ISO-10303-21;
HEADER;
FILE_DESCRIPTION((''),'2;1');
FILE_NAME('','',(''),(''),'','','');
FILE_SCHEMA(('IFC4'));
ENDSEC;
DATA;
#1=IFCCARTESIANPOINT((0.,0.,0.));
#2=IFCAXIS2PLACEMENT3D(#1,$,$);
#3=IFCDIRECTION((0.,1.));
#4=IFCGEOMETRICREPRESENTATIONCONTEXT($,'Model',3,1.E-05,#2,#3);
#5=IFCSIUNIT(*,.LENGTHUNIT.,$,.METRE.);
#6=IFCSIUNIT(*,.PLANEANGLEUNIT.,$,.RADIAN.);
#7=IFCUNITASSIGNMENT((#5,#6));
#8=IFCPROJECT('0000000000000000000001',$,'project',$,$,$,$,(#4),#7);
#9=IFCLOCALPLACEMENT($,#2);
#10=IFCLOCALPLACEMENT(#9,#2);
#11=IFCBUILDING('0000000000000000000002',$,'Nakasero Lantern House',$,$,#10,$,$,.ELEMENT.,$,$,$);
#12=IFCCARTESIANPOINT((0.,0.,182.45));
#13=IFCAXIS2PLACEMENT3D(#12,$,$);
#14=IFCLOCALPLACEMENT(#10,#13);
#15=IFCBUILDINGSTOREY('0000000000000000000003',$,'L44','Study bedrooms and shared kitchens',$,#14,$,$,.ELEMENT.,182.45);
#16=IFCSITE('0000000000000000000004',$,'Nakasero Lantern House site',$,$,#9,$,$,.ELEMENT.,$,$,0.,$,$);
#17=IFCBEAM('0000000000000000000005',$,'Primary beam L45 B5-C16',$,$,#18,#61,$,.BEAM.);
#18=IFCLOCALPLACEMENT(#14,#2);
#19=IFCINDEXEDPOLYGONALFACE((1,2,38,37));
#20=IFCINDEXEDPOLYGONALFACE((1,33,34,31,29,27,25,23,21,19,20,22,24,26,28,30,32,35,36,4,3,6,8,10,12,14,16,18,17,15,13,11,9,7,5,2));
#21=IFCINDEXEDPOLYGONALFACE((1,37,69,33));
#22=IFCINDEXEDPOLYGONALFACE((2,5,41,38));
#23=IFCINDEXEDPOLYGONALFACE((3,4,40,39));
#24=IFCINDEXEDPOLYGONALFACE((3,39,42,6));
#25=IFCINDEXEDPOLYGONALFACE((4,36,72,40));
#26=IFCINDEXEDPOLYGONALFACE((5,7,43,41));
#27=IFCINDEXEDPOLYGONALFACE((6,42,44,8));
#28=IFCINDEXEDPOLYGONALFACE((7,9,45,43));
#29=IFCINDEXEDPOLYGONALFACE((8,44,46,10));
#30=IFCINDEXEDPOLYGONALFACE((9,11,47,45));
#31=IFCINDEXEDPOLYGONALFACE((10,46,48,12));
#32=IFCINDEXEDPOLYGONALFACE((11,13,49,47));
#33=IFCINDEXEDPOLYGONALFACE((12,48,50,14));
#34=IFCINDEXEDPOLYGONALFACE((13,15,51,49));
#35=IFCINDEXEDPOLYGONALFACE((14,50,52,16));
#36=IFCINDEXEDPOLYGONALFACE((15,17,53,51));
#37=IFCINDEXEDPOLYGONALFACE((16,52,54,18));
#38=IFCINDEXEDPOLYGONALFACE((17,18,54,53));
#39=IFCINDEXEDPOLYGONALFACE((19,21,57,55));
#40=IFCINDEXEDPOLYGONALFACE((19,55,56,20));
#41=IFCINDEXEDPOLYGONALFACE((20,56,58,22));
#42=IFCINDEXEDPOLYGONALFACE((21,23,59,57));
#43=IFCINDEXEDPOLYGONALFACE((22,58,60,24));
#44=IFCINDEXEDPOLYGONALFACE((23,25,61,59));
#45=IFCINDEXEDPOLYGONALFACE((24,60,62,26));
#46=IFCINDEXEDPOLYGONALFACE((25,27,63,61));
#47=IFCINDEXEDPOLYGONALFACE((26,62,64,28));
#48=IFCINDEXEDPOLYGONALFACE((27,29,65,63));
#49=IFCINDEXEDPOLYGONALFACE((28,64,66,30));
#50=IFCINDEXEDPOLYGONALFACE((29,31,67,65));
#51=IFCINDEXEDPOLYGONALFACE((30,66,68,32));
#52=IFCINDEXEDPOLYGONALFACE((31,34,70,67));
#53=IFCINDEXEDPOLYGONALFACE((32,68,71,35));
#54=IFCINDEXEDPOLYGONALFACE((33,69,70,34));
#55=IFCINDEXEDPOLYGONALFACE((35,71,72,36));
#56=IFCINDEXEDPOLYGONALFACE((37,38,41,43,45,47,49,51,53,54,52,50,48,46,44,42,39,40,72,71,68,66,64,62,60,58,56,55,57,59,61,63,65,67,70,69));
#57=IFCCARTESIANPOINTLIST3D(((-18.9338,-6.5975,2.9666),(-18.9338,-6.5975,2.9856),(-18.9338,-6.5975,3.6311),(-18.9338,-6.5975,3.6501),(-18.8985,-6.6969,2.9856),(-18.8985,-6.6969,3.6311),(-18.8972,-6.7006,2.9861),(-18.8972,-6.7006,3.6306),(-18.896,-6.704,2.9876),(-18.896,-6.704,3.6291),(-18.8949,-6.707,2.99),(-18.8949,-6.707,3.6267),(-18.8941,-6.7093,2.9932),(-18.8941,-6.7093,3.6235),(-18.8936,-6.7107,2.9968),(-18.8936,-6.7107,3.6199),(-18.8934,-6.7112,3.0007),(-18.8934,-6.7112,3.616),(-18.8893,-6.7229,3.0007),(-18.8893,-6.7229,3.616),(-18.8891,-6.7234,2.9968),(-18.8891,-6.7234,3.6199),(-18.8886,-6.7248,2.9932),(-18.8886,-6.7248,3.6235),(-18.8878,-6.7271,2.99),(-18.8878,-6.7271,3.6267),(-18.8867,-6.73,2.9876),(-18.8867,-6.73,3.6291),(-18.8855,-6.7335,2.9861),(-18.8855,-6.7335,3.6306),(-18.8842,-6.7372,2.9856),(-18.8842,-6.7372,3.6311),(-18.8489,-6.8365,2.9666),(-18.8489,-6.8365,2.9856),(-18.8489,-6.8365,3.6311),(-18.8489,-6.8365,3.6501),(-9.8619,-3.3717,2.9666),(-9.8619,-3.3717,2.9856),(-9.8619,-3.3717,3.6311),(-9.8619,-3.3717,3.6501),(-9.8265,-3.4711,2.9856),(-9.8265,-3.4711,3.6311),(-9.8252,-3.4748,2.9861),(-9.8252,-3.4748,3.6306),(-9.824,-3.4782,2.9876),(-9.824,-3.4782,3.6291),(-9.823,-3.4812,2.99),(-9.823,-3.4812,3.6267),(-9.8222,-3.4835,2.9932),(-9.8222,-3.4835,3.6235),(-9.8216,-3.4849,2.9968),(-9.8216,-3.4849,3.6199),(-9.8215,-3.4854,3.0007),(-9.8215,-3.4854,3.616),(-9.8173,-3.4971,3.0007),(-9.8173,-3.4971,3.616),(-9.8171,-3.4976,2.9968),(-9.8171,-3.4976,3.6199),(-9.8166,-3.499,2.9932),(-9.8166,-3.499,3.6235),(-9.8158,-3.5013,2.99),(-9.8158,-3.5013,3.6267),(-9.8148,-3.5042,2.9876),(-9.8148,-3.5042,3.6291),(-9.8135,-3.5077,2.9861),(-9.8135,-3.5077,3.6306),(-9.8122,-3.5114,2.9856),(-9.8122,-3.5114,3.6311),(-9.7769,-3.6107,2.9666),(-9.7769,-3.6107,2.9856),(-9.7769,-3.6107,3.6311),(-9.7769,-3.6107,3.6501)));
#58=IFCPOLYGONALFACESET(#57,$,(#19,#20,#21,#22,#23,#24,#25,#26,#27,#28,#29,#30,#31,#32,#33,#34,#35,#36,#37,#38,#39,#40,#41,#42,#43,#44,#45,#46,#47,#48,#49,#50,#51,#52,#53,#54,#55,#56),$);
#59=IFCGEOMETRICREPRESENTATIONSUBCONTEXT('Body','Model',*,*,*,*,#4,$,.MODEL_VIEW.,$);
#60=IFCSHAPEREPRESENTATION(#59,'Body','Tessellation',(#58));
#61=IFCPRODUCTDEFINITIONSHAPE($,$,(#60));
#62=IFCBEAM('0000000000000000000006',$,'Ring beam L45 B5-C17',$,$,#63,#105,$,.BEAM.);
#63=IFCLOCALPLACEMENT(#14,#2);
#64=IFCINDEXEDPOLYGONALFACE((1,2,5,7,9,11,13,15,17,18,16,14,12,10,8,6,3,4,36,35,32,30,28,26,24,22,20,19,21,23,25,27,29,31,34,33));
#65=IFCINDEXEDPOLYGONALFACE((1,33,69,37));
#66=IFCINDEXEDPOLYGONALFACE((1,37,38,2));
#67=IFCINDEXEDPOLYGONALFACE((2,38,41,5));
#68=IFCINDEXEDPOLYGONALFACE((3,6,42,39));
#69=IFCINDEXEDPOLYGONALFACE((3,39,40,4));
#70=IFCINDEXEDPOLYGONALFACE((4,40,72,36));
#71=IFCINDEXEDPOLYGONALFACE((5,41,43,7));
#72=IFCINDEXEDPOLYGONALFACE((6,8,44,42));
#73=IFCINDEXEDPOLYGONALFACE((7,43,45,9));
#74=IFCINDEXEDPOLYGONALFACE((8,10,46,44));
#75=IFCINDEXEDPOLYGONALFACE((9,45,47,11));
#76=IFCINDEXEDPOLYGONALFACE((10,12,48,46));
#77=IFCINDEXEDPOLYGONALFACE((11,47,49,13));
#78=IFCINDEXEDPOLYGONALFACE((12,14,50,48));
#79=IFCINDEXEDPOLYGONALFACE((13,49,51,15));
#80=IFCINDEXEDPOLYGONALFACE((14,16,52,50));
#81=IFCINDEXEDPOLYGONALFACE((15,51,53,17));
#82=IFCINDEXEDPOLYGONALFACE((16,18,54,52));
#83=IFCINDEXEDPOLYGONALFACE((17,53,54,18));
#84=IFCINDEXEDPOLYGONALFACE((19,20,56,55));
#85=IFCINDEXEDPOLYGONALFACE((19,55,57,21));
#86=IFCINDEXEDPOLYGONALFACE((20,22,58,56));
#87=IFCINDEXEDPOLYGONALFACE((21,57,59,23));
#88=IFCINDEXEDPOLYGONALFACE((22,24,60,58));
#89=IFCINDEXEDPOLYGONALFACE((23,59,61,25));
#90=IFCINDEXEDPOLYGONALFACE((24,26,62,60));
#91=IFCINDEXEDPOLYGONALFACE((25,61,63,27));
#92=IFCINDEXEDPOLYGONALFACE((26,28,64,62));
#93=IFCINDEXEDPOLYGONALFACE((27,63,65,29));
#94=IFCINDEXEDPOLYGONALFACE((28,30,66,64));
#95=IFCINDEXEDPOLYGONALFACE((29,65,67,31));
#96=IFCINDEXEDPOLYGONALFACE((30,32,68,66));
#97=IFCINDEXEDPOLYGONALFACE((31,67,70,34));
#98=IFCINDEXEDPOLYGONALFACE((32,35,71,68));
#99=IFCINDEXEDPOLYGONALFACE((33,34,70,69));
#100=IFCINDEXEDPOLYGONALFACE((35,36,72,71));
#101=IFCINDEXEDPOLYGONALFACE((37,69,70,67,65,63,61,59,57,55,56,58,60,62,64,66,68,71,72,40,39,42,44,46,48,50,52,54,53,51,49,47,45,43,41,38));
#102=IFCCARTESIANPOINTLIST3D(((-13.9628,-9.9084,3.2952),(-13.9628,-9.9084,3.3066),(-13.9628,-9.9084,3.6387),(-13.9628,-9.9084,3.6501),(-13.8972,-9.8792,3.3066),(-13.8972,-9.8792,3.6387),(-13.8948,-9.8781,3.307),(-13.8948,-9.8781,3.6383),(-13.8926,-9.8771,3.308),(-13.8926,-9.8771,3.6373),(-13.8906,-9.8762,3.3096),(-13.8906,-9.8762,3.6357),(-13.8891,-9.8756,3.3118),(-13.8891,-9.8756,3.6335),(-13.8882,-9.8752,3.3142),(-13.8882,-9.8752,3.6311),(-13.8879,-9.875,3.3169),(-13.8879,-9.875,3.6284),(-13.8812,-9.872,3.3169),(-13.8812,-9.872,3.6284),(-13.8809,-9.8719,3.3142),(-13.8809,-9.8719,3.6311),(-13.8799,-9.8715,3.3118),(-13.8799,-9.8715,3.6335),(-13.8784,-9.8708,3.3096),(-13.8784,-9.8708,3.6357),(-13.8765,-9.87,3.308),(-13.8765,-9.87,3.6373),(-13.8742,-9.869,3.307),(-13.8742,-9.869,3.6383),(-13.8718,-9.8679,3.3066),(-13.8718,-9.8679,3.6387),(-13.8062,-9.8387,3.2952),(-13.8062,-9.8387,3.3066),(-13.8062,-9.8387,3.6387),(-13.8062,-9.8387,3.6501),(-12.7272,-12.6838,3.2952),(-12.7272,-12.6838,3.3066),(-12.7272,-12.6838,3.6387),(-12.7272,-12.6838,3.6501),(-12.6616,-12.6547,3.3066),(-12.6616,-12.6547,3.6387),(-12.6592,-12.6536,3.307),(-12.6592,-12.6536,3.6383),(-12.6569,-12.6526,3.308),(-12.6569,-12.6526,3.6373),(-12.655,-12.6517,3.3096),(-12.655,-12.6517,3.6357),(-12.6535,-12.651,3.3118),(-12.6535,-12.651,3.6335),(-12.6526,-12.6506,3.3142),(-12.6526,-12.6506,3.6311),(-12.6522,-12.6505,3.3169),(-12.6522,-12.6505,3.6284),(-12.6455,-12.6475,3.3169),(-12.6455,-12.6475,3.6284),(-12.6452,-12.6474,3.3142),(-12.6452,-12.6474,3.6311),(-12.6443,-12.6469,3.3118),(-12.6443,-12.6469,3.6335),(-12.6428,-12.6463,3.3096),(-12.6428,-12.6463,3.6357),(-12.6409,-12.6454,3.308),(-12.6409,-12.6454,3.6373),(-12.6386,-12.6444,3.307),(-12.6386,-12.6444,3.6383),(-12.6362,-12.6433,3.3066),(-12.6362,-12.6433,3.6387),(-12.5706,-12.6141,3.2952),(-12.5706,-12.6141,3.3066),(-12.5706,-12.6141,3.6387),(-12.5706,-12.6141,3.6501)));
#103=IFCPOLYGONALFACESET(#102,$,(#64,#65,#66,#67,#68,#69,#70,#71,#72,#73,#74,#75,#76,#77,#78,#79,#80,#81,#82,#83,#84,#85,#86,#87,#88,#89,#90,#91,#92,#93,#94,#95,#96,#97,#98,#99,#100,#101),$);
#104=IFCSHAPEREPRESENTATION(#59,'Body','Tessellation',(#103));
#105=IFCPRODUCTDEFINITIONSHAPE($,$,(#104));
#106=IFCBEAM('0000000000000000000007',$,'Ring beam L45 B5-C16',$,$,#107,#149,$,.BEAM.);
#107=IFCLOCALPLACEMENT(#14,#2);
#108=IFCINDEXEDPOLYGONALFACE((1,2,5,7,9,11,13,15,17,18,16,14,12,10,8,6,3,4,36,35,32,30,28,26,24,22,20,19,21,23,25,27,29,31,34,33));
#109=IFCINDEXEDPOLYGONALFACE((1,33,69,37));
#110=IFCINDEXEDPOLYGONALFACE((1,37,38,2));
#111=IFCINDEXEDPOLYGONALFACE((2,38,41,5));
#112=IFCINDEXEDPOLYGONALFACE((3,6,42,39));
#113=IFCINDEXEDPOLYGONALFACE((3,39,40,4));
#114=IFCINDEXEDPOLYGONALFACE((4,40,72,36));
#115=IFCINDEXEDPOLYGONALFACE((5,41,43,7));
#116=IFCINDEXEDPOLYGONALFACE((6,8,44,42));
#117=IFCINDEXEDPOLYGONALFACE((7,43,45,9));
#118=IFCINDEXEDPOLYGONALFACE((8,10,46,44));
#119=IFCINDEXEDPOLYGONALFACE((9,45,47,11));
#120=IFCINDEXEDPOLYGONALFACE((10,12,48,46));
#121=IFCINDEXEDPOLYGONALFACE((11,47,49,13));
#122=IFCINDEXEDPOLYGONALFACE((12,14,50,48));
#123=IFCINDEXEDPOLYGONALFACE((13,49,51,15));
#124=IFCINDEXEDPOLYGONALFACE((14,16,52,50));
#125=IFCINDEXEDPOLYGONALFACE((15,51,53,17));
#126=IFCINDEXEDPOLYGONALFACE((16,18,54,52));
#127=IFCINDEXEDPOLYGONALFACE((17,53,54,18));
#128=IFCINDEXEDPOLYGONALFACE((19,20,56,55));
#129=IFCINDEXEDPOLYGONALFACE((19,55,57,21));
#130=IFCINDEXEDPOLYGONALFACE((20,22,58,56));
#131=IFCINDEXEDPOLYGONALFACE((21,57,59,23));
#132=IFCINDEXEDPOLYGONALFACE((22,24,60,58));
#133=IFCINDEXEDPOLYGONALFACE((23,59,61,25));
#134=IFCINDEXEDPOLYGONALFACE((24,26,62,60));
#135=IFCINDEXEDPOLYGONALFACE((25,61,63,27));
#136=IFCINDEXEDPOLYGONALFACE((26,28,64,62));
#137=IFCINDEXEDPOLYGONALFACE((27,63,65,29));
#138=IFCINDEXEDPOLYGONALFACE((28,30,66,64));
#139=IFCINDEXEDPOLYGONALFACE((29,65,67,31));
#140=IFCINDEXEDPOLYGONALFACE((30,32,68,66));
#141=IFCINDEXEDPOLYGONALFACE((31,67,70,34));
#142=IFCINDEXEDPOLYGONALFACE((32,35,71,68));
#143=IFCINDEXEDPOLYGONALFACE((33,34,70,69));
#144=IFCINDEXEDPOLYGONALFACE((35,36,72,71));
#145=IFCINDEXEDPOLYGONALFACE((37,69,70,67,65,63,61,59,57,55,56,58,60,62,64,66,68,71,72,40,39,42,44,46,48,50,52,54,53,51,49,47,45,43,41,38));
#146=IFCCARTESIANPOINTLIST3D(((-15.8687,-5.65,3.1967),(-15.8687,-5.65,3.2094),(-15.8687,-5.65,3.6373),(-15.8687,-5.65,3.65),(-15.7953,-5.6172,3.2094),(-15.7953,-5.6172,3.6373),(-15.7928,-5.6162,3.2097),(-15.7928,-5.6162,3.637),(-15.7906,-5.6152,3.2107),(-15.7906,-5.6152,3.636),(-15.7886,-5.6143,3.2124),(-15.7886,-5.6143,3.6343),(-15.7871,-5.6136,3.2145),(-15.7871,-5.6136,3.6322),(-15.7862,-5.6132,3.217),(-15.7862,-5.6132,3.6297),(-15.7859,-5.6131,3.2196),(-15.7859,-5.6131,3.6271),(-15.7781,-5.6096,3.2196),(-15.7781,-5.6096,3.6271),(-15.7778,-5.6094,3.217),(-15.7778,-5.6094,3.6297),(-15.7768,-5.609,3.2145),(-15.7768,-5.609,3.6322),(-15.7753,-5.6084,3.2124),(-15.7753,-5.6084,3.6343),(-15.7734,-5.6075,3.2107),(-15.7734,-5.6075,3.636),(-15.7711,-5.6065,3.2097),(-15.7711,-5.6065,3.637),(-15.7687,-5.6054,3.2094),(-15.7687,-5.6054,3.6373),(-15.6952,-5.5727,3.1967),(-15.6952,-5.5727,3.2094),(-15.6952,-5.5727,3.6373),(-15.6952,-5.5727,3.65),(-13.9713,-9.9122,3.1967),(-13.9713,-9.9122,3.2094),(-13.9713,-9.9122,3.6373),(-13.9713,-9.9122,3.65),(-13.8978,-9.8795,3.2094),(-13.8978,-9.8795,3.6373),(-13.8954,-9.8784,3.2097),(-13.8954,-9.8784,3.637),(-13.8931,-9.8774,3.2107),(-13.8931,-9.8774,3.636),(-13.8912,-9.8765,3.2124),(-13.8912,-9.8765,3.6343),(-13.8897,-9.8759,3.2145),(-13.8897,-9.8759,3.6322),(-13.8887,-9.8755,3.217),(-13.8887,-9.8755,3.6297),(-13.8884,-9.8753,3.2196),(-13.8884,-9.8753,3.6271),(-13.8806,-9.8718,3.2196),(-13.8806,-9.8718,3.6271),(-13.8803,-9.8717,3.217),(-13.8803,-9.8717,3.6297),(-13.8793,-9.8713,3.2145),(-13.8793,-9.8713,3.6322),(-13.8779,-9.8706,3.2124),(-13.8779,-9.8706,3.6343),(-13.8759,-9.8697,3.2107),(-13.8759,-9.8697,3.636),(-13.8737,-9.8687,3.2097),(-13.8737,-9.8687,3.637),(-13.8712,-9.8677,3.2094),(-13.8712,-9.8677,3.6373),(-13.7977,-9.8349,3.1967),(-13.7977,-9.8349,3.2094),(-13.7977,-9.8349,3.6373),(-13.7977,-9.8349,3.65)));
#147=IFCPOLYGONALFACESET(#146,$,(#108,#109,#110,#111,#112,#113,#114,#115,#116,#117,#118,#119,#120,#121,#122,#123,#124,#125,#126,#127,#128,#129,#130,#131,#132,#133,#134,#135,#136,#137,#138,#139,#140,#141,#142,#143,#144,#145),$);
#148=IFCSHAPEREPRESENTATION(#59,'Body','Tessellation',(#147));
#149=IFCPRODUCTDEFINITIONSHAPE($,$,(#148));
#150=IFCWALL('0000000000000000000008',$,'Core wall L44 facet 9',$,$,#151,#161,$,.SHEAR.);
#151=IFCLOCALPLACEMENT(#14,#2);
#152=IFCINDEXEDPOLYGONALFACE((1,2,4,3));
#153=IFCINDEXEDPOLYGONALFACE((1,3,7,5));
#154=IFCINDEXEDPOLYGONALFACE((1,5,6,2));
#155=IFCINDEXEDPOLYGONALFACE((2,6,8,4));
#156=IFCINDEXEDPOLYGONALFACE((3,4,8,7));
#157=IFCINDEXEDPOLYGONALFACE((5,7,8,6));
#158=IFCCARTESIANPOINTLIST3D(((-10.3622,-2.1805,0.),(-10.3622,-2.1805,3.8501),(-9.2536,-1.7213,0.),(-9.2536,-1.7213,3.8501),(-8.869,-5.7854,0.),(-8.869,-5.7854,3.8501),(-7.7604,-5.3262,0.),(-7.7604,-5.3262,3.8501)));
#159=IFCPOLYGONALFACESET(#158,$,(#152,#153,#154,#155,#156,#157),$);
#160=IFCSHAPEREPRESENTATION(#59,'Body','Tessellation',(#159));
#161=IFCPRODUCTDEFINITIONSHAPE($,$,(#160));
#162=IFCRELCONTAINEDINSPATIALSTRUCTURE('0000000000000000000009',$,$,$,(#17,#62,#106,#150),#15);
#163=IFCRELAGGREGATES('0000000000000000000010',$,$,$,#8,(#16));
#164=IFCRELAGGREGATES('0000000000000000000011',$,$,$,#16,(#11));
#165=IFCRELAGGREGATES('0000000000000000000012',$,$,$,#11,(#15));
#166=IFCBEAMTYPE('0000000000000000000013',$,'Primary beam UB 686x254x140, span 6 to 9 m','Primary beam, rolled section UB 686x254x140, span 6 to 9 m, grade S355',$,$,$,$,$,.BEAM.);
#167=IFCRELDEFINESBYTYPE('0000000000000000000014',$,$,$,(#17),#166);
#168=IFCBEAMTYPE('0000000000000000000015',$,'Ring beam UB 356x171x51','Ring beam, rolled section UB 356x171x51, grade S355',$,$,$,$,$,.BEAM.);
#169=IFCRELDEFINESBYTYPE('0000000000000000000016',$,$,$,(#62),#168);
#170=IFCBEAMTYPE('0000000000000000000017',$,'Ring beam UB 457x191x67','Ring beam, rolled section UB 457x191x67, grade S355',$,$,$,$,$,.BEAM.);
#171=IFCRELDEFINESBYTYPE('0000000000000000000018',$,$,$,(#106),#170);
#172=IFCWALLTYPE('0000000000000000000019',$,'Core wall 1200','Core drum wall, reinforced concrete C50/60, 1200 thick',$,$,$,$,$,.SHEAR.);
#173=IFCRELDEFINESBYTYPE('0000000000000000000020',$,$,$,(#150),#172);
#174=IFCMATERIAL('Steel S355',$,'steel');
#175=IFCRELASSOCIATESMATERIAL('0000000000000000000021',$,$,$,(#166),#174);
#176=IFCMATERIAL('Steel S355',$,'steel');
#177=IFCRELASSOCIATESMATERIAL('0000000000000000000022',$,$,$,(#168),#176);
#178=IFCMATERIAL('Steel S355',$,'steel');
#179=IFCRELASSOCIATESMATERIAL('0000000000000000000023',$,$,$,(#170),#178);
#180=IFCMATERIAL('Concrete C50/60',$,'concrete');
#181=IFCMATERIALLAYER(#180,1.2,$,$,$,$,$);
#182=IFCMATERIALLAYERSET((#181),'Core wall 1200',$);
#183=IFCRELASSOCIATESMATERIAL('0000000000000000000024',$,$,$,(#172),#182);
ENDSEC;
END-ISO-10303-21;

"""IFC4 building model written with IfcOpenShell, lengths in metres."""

from ifc_helpers import new_model, si_unit, direction, frame, frame_2d, origin, origin_2d, place, context, subcontext, project, spatial, rectangle, i_section, extrude, material, layer, layer_set, material_profile, profile_set, type_object, element, save


model = new_model("IFC4")

# Units and contexts
model_context = context("Model", 3, precision=1e-05, world=origin(), true_north=direction((0.0, 1.0)))
body_context = subcontext(model_context, "Body", "Model", "MODEL_VIEW")
ifc_project = project(units=[si_unit("LENGTHUNIT", "METRE"), si_unit("PLANEANGLEUNIT", "RADIAN")], contexts=[model_context])

# Site, building, storey
site_placement = place(None, origin())
site = spatial("IfcSite", under=ifc_project, at=site_placement, Name="Nakasero Lantern House site", CompositionType="ELEMENT", RefElevation=0.0)
building_placement = place(site_placement, origin())
building = spatial("IfcBuilding", under=site, at=building_placement, Name="Nakasero Lantern House", CompositionType="ELEMENT")
storey_placement = place(building_placement, frame((0.0, 0.0, 182.45)))
storey = spatial("IfcBuildingStorey", under=building, at=storey_placement, Name="L44", Description="Study bedrooms and shared kitchens", CompositionType="ELEMENT", Elevation=182.45)

# Beams
ifc_material_1 = material(Name="Steel S355", Category="steel")
ifc_material_profile_1 = material_profile(ifc_material_1, i_section(OverallWidth=0.2537, OverallDepth=0.6836, WebThickness=0.0125, FlangeThickness=0.019, FilletRadius=0.0151, at=origin_2d()), Name="UB 686x254x140")
ifc_profile_set_1 = profile_set([ifc_material_profile_1], Name="Steel S355")
beam_type_1 = type_object("IfcBeamType", Name="Primary beam UB 686x254x140, span 6 to 9 m", Description="Primary beam, rolled section UB 686x254x140, span 6 to 9 m, grade S355", PredefinedType="BEAM", material=ifc_profile_set_1)
beam_1_placement = place(storey_placement, frame((-18.8914, -6.717, 3.3083), z_axis=(0.942207, 0.33503, 0.0), x_axis=(-0.33503, 0.942207, 0.0)))
element("IfcBeam", 1, at=beam_1_placement, inside=storey, type_object=beam_type_1, Name="Primary beam L45 B5-C16", PredefinedType="BEAM", context=body_context, shape_type="SweptSolid", body=[
    extrude(i_section(OverallWidth=0.2537, OverallDepth=0.6836, WebThickness=0.0125, FlangeThickness=0.019, FilletRadius=0.0151, at=origin_2d()), origin(), (0.0, 0.0, 1.0), 9.6284),
])
ifc_material_2 = material(Name="Steel S355", Category="steel")
ifc_material_profile_2 = material_profile(ifc_material_2, i_section(OverallWidth=0.1714, OverallDepth=0.355, WebThickness=0.0073, FlangeThickness=0.0115, FilletRadius=0.0103, at=origin_2d()), Name="UB 356x171x51")
ifc_profile_set_2 = profile_set([ifc_material_profile_2], Name="Steel S355")
beam_type_2 = type_object("IfcBeamType", Name="Ring beam UB 356x171x51", Description="Ring beam, rolled section UB 356x171x51, grade S355", PredefinedType="BEAM", material=ifc_profile_set_2)
beam_2_placement = place(storey_placement, frame((-13.8845, -9.8735, 3.4727), z_axis=(0.406713, -0.913556, 0.0), x_axis=(0.913556, 0.406713, 0.0)))
element("IfcBeam", 2, at=beam_2_placement, inside=storey, type_object=beam_type_2, Name="Ring beam L45 B5-C17", PredefinedType="BEAM", context=body_context, shape_type="SweptSolid", body=[
    extrude(i_section(OverallWidth=0.1714, OverallDepth=0.355, WebThickness=0.0073, FlangeThickness=0.0115, FilletRadius=0.0103, at=origin_2d()), origin(), (0.0, 0.0, 1.0), 3.0381),
])
ifc_material_3 = material(Name="Steel S355", Category="steel")
ifc_material_profile_3 = material_profile(ifc_material_3, i_section(OverallWidth=0.1899, OverallDepth=0.4534, WebThickness=0.0085, FlangeThickness=0.0127, FilletRadius=0.0103, at=origin_2d()), Name="UB 457x191x67")
ifc_profile_set_3 = profile_set([ifc_material_profile_3], Name="Steel S355")
beam_type_3 = type_object("IfcBeamType", Name="Ring beam UB 457x191x67", Description="Ring beam, rolled section UB 457x191x67, grade S355", PredefinedType="BEAM", material=ifc_profile_set_3)
beam_3_placement = place(storey_placement, frame((-15.782, -5.6113, 3.4233), z_axis=(0.406702, -0.913561, 0.0), x_axis=(0.913561, 0.406702, 0.0)))
element("IfcBeam", 3, at=beam_3_placement, inside=storey, type_object=beam_type_3, Name="Ring beam L45 B5-C16", PredefinedType="BEAM", context=body_context, shape_type="SweptSolid", body=[
    extrude(i_section(OverallWidth=0.1899, OverallDepth=0.4534, WebThickness=0.0085, FlangeThickness=0.0127, FilletRadius=0.0103, at=origin_2d()), origin(), (0.0, 0.0, 1.0), 4.6655),
])

# Wall
ifc_material_4 = material(Name="Concrete C50/60", Category="concrete")
ifc_layer_1 = layer(ifc_material_4, 1.2)
ifc_layer_set_1 = layer_set([ifc_layer_1], Name="Core wall 1200")
wall_type_1 = type_object("IfcWallType", Name="Core wall 1200", Description="Core drum wall, reinforced concrete C50/60, 1200 thick", PredefinedType="SHEAR", material=ifc_layer_set_1)
wall_1_placement = place(storey_placement, frame((-9.8079, -1.9509, 0.0), z_axis=(0.0, 0.0, 1.0), x_axis=(0.382691, -0.923877, 0.0)))
element("IfcWall", 4, at=wall_1_placement, inside=storey, type_object=wall_type_1, Name="Core wall L44 facet 9", PredefinedType="SHEAR", context=body_context, shape_type="SweptSolid", body=[
    extrude(rectangle(XDim=3.9019, YDim=1.2, at=frame_2d((1.9509, 0.0))), origin(), (0.0, 0.0, 1.0), 3.8501),
])

save(model, "model.ifc")
